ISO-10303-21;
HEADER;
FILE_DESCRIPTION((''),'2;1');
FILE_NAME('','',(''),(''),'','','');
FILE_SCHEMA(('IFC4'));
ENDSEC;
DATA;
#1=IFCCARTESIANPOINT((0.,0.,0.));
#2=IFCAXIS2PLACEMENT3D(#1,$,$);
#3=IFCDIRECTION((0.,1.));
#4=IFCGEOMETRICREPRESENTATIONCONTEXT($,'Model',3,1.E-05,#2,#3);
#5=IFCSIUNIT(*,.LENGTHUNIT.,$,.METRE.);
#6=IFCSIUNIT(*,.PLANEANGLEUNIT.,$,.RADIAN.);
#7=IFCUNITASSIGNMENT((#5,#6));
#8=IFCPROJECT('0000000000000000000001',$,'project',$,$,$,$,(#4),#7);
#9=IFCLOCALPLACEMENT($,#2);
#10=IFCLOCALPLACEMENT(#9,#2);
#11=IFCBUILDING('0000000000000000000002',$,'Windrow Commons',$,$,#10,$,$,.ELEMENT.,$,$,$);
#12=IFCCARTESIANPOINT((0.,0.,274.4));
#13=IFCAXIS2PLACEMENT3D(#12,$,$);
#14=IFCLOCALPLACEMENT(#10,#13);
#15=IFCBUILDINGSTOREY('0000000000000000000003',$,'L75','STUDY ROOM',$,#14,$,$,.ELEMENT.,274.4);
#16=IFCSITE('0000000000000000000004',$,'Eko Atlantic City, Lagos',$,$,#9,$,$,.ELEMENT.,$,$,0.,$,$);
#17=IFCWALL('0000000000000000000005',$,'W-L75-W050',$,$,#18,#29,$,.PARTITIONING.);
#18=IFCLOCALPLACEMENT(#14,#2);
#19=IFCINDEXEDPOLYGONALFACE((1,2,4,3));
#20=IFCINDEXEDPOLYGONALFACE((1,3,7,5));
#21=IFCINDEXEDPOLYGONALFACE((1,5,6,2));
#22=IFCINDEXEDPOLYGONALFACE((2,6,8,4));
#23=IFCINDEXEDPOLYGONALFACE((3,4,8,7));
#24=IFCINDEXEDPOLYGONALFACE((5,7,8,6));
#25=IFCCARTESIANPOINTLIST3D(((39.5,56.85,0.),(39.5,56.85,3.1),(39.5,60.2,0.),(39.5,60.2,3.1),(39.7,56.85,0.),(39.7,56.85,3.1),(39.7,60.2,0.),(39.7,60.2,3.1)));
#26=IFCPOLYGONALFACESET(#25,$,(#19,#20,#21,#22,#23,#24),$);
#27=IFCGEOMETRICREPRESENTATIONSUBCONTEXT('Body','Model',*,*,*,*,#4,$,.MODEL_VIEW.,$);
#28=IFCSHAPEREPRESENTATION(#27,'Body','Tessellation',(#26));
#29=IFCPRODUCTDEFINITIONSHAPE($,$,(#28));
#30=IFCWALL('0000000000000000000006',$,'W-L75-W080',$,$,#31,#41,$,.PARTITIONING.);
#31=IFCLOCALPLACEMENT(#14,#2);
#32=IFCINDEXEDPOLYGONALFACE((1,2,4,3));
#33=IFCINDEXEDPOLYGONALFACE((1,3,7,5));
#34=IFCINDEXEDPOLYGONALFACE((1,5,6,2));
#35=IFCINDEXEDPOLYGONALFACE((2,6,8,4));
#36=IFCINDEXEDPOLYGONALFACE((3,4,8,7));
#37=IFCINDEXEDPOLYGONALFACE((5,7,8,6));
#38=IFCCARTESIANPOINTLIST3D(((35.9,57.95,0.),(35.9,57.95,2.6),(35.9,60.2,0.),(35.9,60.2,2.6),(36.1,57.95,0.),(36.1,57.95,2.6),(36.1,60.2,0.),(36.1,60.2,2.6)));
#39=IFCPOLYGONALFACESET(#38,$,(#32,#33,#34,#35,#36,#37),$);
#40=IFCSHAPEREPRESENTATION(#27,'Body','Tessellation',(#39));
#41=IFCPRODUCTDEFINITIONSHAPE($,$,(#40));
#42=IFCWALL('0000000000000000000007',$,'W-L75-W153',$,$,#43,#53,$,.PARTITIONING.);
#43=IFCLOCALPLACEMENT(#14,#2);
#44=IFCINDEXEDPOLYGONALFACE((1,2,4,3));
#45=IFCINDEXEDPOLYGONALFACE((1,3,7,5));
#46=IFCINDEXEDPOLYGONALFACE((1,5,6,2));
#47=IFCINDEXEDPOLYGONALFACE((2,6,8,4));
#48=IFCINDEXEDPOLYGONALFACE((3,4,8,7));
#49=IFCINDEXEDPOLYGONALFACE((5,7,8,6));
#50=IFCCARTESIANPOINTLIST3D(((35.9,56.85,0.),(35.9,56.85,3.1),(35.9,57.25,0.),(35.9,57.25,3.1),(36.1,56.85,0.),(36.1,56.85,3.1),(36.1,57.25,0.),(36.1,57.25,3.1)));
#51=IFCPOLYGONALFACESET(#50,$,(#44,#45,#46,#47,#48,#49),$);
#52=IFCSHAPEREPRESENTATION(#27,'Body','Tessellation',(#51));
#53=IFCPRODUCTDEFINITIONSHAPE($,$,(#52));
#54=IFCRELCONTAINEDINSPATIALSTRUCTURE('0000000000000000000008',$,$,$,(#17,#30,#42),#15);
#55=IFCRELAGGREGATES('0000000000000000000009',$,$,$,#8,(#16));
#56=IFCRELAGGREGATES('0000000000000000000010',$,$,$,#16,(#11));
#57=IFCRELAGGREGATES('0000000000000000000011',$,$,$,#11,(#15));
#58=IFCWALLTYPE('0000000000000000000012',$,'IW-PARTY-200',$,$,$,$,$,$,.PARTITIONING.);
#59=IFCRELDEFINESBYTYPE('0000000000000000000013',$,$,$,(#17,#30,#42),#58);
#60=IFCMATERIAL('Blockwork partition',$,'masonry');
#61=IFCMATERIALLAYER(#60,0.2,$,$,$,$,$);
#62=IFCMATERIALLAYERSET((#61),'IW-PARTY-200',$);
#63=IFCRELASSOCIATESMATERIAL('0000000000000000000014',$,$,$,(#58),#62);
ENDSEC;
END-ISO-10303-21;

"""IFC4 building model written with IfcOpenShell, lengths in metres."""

from ifc_helpers import new_model, si_unit, direction, frame, frame_2d, origin, place, context, subcontext, project, spatial, rectangle, extrude, material, layer, layer_set, type_object, element, save


model = new_model("IFC4")

# Units and contexts
model_context = context("Model", 3, precision=1e-05, world=origin(), true_north=direction((0.0, 1.0)))
body_context = subcontext(model_context, "Body", "Model", "MODEL_VIEW")
ifc_project = project(units=[si_unit("LENGTHUNIT", "METRE"), si_unit("PLANEANGLEUNIT", "RADIAN")], contexts=[model_context])

# Site, building, storey
site_placement = place(None, origin())
site = spatial("IfcSite", under=ifc_project, at=site_placement, Name="Eko Atlantic City, Lagos", CompositionType="ELEMENT", RefElevation=0.0)
building_placement = place(site_placement, origin())
building = spatial("IfcBuilding", under=site, at=building_placement, Name="Windrow Commons", CompositionType="ELEMENT")
storey_placement = place(building_placement, frame((0.0, 0.0, 274.4)))
storey = spatial("IfcBuildingStorey", under=building, at=storey_placement, Name="L75", Description="STUDY ROOM", CompositionType="ELEMENT", Elevation=274.4)

# Walls
ifc_material_1 = material(Name="Blockwork partition", Category="masonry")
ifc_layer_1 = layer(ifc_material_1, 0.2)
ifc_layer_set_1 = layer_set([ifc_layer_1], Name="IW-PARTY-200")
wall_type_1 = type_object("IfcWallType", Name="IW-PARTY-200", PredefinedType="PARTITIONING", material=ifc_layer_set_1)
wall_1_placement = place(storey_placement, frame((39.6, 56.85, 0.0), z_axis=(0.0, 0.0, 1.0), x_axis=(0.0, 1.0, 0.0)))
element("IfcWall", 1, at=wall_1_placement, inside=storey, type_object=wall_type_1, Name="W-L75-W050", PredefinedType="PARTITIONING", context=body_context, shape_type="SweptSolid", body=[
    extrude(rectangle(XDim=3.35, YDim=0.2, at=frame_2d((1.675, 0.0))), origin(), (0.0, 0.0, 1.0), 3.1),
])
wall_2_placement = place(storey_placement, frame((36.0, 57.95, 0.0), z_axis=(0.0, 0.0, 1.0), x_axis=(0.0, 1.0, 0.0)))
element("IfcWall", 2, at=wall_2_placement, inside=storey, type_object=wall_type_1, Name="W-L75-W080", PredefinedType="PARTITIONING", context=body_context, shape_type="SweptSolid", body=[
    extrude(rectangle(XDim=2.25, YDim=0.2, at=frame_2d((1.125, 0.0))), origin(), (0.0, 0.0, 1.0), 2.6),
])
wall_3_placement = place(storey_placement, frame((36.0, 56.85, 0.0), z_axis=(0.0, 0.0, 1.0), x_axis=(0.0, 1.0, 0.0)))
element("IfcWall", 3, at=wall_3_placement, inside=storey, type_object=wall_type_1, Name="W-L75-W153", PredefinedType="PARTITIONING", context=body_context, shape_type="SweptSolid", body=[
    extrude(rectangle(XDim=0.4, YDim=0.2, at=frame_2d((0.2, 0.0))), origin(), (0.0, 0.0, 1.0), 3.1),
])

save(model, "model.ifc")
